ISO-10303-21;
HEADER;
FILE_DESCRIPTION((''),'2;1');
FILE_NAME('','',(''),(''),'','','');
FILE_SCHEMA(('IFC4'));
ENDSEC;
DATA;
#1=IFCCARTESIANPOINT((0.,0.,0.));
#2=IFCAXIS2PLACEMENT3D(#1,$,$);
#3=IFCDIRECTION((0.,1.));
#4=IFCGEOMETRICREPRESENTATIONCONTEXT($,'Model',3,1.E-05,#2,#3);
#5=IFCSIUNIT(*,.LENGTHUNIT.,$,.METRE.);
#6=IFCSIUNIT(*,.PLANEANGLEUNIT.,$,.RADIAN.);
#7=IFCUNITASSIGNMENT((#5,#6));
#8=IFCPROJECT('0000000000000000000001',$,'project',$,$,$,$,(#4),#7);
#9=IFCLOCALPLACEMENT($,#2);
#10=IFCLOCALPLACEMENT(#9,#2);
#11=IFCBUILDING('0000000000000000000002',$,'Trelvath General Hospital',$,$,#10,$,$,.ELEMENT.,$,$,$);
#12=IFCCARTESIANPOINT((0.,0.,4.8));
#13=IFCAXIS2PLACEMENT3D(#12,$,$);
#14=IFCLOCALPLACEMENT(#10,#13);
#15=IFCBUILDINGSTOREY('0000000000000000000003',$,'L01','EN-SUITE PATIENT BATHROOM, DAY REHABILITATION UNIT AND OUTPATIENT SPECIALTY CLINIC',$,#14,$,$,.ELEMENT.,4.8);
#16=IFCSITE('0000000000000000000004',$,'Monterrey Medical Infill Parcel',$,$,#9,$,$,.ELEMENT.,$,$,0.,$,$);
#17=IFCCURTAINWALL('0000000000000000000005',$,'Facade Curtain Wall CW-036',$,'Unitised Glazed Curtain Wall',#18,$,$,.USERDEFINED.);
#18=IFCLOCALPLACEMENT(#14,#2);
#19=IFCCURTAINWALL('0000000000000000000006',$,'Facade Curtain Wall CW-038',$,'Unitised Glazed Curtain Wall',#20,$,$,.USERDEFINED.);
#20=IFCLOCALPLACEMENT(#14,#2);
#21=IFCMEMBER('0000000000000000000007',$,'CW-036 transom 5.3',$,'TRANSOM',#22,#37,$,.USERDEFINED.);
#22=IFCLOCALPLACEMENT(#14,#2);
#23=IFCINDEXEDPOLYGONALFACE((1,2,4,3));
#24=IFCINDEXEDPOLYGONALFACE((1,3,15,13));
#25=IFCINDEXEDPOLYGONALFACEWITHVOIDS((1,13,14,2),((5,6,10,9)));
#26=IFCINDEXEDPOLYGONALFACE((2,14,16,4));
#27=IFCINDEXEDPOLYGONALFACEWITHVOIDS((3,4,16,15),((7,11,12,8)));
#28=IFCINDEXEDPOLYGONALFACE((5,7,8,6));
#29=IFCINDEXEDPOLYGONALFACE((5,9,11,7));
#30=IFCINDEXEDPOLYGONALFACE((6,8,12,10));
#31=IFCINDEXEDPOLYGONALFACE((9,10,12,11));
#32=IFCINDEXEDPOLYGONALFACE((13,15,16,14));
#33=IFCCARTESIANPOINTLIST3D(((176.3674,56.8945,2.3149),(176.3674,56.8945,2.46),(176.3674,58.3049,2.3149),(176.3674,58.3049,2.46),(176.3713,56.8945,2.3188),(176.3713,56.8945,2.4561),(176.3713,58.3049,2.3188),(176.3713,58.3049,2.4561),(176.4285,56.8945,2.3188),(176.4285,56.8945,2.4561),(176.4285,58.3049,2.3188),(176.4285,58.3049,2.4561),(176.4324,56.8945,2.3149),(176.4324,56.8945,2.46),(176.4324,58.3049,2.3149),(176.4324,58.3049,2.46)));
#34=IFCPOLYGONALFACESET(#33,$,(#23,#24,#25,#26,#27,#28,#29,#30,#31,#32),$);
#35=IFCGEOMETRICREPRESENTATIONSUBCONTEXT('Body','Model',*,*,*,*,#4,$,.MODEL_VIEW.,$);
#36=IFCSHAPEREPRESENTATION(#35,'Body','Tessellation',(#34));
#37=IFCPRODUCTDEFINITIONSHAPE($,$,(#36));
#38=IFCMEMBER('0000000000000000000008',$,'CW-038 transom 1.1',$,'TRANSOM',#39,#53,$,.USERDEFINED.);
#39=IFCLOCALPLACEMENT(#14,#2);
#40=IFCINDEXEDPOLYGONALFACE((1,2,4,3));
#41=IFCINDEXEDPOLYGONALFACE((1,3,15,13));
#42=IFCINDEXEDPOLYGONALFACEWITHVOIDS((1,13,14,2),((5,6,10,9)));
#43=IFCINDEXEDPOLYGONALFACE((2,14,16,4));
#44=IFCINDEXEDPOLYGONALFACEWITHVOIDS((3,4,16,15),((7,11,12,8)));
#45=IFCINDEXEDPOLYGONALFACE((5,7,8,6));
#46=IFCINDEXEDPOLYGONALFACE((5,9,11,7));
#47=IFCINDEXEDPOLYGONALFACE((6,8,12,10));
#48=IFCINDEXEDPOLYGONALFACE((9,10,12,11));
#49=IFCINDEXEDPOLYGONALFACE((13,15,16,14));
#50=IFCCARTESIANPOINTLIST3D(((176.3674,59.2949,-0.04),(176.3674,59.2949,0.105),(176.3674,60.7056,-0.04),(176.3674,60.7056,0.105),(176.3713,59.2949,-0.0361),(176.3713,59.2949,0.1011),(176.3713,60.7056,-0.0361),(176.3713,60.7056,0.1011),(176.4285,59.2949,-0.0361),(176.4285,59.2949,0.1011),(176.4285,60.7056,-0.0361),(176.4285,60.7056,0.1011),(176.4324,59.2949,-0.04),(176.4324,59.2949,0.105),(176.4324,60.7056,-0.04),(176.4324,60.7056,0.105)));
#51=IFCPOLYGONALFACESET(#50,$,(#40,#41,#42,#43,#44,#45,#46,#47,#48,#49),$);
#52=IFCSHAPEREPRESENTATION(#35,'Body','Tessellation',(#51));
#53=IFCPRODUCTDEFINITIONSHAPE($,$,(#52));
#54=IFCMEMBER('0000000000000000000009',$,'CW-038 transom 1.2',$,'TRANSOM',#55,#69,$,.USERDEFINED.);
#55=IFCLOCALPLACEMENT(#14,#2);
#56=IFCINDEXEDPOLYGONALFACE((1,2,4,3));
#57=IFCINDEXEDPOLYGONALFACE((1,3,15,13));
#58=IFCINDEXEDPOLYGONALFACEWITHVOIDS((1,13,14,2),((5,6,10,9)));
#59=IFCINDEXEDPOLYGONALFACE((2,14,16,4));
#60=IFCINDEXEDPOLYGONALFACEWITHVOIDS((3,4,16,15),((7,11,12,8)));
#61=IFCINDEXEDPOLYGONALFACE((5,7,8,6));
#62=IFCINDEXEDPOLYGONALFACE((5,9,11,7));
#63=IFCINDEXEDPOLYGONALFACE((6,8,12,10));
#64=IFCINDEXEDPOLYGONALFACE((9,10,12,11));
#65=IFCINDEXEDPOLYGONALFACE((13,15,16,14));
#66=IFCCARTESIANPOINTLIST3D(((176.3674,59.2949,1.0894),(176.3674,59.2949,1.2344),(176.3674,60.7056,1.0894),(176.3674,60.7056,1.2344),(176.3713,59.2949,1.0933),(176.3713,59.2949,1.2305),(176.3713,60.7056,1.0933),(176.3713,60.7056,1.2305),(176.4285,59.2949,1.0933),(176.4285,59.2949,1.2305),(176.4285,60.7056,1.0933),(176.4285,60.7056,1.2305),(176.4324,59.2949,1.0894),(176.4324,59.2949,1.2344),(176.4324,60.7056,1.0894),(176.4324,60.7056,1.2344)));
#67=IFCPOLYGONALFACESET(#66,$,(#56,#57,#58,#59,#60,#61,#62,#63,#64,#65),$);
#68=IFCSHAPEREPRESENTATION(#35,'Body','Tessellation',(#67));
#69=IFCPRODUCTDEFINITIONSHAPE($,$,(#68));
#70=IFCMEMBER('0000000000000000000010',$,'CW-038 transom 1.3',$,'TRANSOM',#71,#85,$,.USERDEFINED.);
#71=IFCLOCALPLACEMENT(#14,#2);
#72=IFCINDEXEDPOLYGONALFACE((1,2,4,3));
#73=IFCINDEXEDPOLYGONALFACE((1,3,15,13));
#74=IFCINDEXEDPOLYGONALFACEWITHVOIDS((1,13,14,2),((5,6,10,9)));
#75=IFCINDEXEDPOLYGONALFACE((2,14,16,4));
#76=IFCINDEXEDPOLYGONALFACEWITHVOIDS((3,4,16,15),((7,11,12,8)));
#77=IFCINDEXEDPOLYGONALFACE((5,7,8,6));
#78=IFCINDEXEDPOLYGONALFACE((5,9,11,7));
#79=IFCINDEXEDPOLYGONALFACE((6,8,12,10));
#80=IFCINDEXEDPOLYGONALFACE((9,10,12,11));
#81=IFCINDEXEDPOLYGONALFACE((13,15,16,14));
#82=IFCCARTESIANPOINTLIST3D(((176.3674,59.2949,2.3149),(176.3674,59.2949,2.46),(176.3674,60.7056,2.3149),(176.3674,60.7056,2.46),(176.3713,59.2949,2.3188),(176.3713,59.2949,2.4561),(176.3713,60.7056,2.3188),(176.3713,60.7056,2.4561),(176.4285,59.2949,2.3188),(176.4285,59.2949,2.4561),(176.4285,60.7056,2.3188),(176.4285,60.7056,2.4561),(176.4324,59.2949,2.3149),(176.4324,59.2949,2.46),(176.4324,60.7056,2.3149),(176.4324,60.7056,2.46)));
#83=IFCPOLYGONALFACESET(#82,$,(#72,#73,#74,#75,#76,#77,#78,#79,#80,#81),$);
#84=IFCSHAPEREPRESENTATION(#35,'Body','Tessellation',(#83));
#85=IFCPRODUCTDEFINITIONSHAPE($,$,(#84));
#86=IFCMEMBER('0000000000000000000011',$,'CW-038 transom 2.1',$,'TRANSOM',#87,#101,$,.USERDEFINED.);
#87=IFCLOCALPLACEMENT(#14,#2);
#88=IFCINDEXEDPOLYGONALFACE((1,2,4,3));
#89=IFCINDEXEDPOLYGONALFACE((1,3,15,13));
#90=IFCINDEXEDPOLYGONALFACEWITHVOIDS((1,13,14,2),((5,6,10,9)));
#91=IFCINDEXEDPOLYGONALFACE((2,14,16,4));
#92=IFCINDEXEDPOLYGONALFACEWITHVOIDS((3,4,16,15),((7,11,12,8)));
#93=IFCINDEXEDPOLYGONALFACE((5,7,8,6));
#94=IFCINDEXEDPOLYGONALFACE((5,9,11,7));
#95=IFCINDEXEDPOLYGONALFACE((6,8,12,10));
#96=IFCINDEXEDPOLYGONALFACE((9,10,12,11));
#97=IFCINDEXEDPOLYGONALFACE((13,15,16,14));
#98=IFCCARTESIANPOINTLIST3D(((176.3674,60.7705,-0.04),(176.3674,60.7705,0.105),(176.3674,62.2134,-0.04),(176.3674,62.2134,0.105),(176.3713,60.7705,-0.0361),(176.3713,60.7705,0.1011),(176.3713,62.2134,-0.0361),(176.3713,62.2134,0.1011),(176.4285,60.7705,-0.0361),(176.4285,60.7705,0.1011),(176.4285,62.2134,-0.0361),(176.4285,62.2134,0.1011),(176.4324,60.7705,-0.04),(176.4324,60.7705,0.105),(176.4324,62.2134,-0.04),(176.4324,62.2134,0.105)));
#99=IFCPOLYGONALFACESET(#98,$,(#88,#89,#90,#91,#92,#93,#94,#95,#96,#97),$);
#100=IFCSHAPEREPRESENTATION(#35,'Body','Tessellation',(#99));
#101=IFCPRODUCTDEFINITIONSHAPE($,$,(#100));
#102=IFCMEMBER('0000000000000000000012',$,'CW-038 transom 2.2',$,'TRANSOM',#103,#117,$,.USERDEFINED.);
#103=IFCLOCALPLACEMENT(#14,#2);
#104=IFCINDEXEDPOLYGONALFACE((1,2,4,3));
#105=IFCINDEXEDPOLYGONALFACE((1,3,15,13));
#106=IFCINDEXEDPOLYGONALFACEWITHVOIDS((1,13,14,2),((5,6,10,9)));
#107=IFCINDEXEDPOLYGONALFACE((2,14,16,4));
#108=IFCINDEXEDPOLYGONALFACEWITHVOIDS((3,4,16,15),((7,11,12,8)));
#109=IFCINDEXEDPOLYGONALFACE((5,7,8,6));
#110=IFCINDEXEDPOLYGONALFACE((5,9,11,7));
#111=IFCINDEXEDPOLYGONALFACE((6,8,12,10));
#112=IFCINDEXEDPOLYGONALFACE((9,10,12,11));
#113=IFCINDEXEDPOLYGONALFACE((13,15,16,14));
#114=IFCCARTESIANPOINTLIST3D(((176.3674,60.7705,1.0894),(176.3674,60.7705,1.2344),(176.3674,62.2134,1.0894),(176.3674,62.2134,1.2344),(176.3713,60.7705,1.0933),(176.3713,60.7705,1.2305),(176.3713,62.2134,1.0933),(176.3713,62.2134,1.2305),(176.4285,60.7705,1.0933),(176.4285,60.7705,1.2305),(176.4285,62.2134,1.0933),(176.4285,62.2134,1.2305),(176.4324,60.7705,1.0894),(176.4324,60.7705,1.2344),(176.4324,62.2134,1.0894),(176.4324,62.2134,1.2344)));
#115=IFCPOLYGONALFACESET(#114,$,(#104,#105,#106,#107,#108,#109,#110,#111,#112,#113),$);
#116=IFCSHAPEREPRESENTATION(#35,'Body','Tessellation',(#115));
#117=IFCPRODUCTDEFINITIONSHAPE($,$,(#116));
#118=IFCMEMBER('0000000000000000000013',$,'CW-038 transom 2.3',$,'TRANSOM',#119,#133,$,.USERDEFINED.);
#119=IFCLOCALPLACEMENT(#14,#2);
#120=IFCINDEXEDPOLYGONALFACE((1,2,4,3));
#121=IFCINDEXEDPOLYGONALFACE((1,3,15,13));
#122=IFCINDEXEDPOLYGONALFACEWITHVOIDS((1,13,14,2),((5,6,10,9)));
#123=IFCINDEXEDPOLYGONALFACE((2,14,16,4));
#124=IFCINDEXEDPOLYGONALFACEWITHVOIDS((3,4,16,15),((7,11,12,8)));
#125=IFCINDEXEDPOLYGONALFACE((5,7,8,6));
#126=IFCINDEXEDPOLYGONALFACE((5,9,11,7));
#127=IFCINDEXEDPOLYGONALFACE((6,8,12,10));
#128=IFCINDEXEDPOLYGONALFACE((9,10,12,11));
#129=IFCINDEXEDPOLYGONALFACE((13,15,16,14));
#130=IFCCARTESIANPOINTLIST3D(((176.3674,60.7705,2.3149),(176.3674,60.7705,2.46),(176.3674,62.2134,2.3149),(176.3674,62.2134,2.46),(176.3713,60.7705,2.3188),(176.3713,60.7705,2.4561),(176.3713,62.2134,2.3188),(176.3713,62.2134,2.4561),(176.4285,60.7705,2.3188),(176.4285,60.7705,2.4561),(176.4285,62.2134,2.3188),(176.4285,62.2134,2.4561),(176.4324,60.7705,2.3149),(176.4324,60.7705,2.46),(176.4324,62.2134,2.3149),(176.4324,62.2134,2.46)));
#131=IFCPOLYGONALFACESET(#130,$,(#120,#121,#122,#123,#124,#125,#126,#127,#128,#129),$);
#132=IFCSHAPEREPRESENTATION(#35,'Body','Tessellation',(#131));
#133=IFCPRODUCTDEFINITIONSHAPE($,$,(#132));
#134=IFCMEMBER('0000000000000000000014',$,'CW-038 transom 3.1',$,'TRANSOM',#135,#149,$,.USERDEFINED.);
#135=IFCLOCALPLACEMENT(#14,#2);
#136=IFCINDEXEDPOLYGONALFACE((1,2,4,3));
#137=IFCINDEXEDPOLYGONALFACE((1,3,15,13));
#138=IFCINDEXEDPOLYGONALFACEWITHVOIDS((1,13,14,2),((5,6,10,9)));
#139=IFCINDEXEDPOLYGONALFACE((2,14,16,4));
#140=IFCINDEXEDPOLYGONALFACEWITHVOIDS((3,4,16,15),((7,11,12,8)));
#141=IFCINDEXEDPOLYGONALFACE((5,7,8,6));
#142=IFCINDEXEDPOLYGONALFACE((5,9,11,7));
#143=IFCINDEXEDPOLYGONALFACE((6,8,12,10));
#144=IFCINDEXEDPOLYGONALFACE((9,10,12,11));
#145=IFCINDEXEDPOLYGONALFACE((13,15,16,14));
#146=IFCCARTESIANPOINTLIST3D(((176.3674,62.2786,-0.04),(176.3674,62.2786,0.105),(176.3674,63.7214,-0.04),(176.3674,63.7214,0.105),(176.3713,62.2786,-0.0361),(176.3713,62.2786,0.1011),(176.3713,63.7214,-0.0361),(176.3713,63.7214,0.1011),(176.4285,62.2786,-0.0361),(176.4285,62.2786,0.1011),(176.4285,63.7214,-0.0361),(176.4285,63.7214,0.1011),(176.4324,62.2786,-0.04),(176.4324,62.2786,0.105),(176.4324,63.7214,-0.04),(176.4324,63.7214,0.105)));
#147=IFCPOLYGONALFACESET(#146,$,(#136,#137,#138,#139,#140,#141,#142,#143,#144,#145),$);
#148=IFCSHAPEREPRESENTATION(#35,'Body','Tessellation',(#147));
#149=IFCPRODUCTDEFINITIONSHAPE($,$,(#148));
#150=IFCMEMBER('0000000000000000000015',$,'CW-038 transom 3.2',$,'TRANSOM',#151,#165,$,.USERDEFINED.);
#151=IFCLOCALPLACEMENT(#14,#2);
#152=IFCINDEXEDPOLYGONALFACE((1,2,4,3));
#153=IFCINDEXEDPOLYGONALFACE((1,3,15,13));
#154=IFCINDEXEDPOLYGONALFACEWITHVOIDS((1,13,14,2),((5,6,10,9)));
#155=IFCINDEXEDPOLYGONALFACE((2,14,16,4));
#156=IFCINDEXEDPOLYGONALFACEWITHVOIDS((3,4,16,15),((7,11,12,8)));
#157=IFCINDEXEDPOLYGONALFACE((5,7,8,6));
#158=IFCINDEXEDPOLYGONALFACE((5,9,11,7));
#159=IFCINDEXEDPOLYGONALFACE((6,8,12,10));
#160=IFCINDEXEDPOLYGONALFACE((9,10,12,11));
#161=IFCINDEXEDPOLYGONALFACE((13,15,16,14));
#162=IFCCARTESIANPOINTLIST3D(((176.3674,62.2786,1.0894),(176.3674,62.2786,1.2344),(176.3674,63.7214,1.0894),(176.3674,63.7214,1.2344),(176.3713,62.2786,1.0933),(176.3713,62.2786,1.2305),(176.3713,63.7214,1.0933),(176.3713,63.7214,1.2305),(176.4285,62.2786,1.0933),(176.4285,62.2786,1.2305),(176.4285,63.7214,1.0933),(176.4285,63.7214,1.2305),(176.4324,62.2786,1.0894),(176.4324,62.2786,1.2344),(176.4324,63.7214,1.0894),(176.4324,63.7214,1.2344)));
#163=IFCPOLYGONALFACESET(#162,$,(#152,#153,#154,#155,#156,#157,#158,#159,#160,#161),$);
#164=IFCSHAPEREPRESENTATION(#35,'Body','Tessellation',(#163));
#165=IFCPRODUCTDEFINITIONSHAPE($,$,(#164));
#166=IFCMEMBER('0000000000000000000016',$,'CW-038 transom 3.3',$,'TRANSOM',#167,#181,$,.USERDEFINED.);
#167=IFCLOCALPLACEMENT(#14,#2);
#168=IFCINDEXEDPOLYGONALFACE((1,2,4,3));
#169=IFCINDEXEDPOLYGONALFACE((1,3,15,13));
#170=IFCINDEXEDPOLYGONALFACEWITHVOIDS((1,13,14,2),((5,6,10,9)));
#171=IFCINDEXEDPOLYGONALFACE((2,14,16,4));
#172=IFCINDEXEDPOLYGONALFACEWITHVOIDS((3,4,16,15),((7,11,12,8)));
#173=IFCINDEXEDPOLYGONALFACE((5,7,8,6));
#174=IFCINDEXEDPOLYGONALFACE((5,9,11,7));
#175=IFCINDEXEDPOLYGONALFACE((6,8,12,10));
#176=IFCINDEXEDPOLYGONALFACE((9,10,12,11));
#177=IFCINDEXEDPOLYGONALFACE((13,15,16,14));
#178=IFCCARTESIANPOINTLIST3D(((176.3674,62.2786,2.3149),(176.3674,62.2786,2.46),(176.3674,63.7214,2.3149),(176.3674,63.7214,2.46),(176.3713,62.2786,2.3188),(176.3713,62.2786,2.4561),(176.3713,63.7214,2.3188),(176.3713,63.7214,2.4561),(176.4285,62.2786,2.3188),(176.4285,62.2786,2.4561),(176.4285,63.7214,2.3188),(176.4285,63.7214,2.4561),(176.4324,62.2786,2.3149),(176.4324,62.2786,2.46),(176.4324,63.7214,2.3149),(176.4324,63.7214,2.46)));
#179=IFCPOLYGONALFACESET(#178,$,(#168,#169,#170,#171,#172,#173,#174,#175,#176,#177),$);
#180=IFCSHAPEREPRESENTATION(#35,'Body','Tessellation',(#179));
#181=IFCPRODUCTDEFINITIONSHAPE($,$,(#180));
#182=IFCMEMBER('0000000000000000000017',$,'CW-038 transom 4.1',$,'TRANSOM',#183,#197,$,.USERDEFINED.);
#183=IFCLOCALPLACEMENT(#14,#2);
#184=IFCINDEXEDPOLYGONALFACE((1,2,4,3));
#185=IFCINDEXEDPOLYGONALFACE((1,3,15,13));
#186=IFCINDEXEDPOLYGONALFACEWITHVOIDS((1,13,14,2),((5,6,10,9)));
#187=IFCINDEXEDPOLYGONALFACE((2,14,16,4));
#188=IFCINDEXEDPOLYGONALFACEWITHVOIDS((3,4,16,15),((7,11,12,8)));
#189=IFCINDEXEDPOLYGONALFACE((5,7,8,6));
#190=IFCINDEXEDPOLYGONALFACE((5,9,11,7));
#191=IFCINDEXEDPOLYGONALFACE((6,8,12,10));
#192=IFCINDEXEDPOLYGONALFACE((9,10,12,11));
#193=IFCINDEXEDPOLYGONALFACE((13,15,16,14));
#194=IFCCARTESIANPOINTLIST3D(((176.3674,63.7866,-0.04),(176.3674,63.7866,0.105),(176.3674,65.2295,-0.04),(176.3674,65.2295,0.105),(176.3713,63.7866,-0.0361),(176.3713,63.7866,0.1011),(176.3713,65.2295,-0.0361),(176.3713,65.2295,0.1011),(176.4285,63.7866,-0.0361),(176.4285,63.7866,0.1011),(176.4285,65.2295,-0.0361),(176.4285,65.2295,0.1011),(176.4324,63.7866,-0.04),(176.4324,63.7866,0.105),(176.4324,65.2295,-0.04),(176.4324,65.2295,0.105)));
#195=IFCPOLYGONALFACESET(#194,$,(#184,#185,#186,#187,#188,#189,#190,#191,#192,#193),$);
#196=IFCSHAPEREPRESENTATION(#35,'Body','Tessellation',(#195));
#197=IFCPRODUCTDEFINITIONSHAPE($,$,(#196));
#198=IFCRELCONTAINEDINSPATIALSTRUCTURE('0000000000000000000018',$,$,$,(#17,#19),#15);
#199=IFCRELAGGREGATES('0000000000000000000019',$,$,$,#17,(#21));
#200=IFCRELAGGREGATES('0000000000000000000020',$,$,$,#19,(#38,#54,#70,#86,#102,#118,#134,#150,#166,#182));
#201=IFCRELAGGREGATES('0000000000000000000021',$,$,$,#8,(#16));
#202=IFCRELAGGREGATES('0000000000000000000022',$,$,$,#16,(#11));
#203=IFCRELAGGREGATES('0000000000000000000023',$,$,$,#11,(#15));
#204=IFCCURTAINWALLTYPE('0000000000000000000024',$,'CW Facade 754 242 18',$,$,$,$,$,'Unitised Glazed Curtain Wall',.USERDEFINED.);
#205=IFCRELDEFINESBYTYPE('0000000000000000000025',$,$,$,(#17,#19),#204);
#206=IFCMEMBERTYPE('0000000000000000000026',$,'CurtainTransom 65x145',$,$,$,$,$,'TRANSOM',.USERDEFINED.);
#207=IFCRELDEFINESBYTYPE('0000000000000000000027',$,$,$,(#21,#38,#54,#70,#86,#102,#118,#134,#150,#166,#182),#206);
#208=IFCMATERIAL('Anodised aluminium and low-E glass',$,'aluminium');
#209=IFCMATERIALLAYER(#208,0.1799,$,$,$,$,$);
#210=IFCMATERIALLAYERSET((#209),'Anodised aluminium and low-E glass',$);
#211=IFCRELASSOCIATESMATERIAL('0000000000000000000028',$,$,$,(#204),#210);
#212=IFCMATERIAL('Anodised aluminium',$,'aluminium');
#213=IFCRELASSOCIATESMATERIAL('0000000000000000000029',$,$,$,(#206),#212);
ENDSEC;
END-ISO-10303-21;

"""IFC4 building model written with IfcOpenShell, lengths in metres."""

from ifc_helpers import new_model, si_unit, direction, frame, origin, origin_2d, place, context, subcontext, project, spatial, hollow_rectangle, extrude, material, layer, layer_set, material_profile, profile_set, type_object, element, aggregate, save


model = new_model("IFC4")

# Units and contexts
model_context = context("Model", 3, precision=1e-05, world=origin(), true_north=direction((0.0, 1.0)))
body_context = subcontext(model_context, "Body", "Model", "MODEL_VIEW")
ifc_project = project(units=[si_unit("LENGTHUNIT", "METRE"), si_unit("PLANEANGLEUNIT", "RADIAN")], contexts=[model_context])

# Site, building, storey
site_placement = place(None, origin())
site = spatial("IfcSite", under=ifc_project, at=site_placement, Name="Monterrey Medical Infill Parcel", CompositionType="ELEMENT", RefElevation=0.0)
building_placement = place(site_placement, origin())
building = spatial("IfcBuilding", under=site, at=building_placement, Name="Trelvath General Hospital", CompositionType="ELEMENT")
storey_placement = place(building_placement, frame((0.0, 0.0, 4.8)))
storey = spatial("IfcBuildingStorey", under=building, at=storey_placement, Name="L01", Description="EN-SUITE PATIENT BATHROOM, DAY REHABILITATION UNIT AND OUTPATIENT SPECIALTY CLINIC", CompositionType="ELEMENT", Elevation=4.8)

# Curtain walls
ifc_material_1 = material(Name="Anodised aluminium and low-E glass", Category="aluminium")
ifc_layer_1 = layer(ifc_material_1, 0.1799)
ifc_layer_set_1 = layer_set([ifc_layer_1], Name="Anodised aluminium and low-E glass")
curtain_wall_type = type_object("IfcCurtainWallType", Name="CW Facade 754 242 18", ElementType="Unitised Glazed Curtain Wall", PredefinedType="USERDEFINED", material=ifc_layer_set_1)
curtain_wall_1_placement = place(storey_placement, origin())
curtain_wall_1 = element("IfcCurtainWall", 1, at=curtain_wall_1_placement, inside=storey, type_object=curtain_wall_type, Name="Facade Curtain Wall CW-036", ObjectType="Unitised Glazed Curtain Wall", PredefinedType="USERDEFINED")
curtain_wall_2_placement = place(storey_placement, origin())
curtain_wall_2 = element("IfcCurtainWall", 2, at=curtain_wall_2_placement, inside=storey, type_object=curtain_wall_type, Name="Facade Curtain Wall CW-038", ObjectType="Unitised Glazed Curtain Wall", PredefinedType="USERDEFINED")

# Members
ifc_material_2 = material(Name="Anodised aluminium", Category="aluminium")
ifc_material_profile_1 = material_profile(ifc_material_2, hollow_rectangle(XDim=0.0649, YDim=0.145, WallThickness=0.0039, at=origin_2d()), Name="RHS65x145x4")
ifc_profile_set_1 = profile_set([ifc_material_profile_1], Name="Anodised aluminium")
member_type_1 = type_object("IfcMemberType", Name="CurtainTransom 65x145", ElementType="TRANSOM", PredefinedType="USERDEFINED", material=ifc_profile_set_1)
member_1_placement = place(storey_placement, frame((176.3999, 56.8945, 2.3875), z_axis=(0.0, 1.0, 0.0), x_axis=(-1.0, 0.0, 0.0)))
member_1 = element("IfcMember", 3, at=member_1_placement, type_object=member_type_1, Name="CW-036 transom 5.3", ObjectType="TRANSOM", PredefinedType="USERDEFINED", context=body_context, shape_type="SweptSolid", body=[
    extrude(hollow_rectangle(XDim=0.0649, YDim=0.145, WallThickness=0.0039, at=origin_2d()), origin(), (0.0, 0.0, 1.0), 1.4104),
])
member_2_placement = place(storey_placement, frame((176.3999, 59.2949, 0.0325), z_axis=(0.0, 1.0, 0.0), x_axis=(-1.0, 0.0, 0.0)))
member_2 = element("IfcMember", 4, at=member_2_placement, type_object=member_type_1, Name="CW-038 transom 1.1", ObjectType="TRANSOM", PredefinedType="USERDEFINED", context=body_context, shape_type="SweptSolid", body=[
    extrude(hollow_rectangle(XDim=0.0649, YDim=0.145, WallThickness=0.0039, at=origin_2d()), origin(), (0.0, 0.0, 1.0), 1.4106),
])
member_3_placement = place(storey_placement, frame((176.3999, 59.2949, 1.1619), z_axis=(0.0, 1.0, 0.0), x_axis=(-1.0, 0.0, 0.0)))
member_3 = element("IfcMember", 5, at=member_3_placement, type_object=member_type_1, Name="CW-038 transom 1.2", ObjectType="TRANSOM", PredefinedType="USERDEFINED", context=body_context, shape_type="SweptSolid", body=[
    extrude(hollow_rectangle(XDim=0.0649, YDim=0.145, WallThickness=0.0039, at=origin_2d()), origin(), (0.0, 0.0, 1.0), 1.4106),
])
member_4_placement = place(storey_placement, frame((176.3999, 59.2949, 2.3875), z_axis=(0.0, 1.0, 0.0), x_axis=(-1.0, 0.0, 0.0)))
member_4 = element("IfcMember", 6, at=member_4_placement, type_object=member_type_1, Name="CW-038 transom 1.3", ObjectType="TRANSOM", PredefinedType="USERDEFINED", context=body_context, shape_type="SweptSolid", body=[
    extrude(hollow_rectangle(XDim=0.0649, YDim=0.145, WallThickness=0.0039, at=origin_2d()), origin(), (0.0, 0.0, 1.0), 1.4106),
])
member_5_placement = place(storey_placement, frame((176.3999, 60.7705, 0.0325), z_axis=(0.0, 1.0, 0.0), x_axis=(-1.0, 0.0, 0.0)))
member_5 = element("IfcMember", 7, at=member_5_placement, type_object=member_type_1, Name="CW-038 transom 2.1", ObjectType="TRANSOM", PredefinedType="USERDEFINED", context=body_context, shape_type="SweptSolid", body=[
    extrude(hollow_rectangle(XDim=0.0649, YDim=0.145, WallThickness=0.0039, at=origin_2d()), origin(), (0.0, 0.0, 1.0), 1.4429),
])
member_6_placement = place(storey_placement, frame((176.3999, 60.7705, 1.1619), z_axis=(0.0, 1.0, 0.0), x_axis=(-1.0, 0.0, 0.0)))
member_6 = element("IfcMember", 8, at=member_6_placement, type_object=member_type_1, Name="CW-038 transom 2.2", ObjectType="TRANSOM", PredefinedType="USERDEFINED", context=body_context, shape_type="SweptSolid", body=[
    extrude(hollow_rectangle(XDim=0.0649, YDim=0.145, WallThickness=0.0039, at=origin_2d()), origin(), (0.0, 0.0, 1.0), 1.4429),
])
member_7_placement = place(storey_placement, frame((176.3999, 60.7705, 2.3875), z_axis=(0.0, 1.0, 0.0), x_axis=(-1.0, 0.0, 0.0)))
member_7 = element("IfcMember", 9, at=member_7_placement, type_object=member_type_1, Name="CW-038 transom 2.3", ObjectType="TRANSOM", PredefinedType="USERDEFINED", context=body_context, shape_type="SweptSolid", body=[
    extrude(hollow_rectangle(XDim=0.0649, YDim=0.145, WallThickness=0.0039, at=origin_2d()), origin(), (0.0, 0.0, 1.0), 1.4429),
])
member_8_placement = place(storey_placement, frame((176.3999, 62.2786, 0.0325), z_axis=(0.0, 1.0, 0.0), x_axis=(-1.0, 0.0, 0.0)))
member_8 = element("IfcMember", 10, at=member_8_placement, type_object=member_type_1, Name="CW-038 transom 3.1", ObjectType="TRANSOM", PredefinedType="USERDEFINED", context=body_context, shape_type="SweptSolid", body=[
    extrude(hollow_rectangle(XDim=0.0649, YDim=0.145, WallThickness=0.0039, at=origin_2d()), origin(), (0.0, 0.0, 1.0), 1.4429),
])
member_9_placement = place(storey_placement, frame((176.3999, 62.2786, 1.1619), z_axis=(0.0, 1.0, 0.0), x_axis=(-1.0, 0.0, 0.0)))
member_9 = element("IfcMember", 11, at=member_9_placement, type_object=member_type_1, Name="CW-038 transom 3.2", ObjectType="TRANSOM", PredefinedType="USERDEFINED", context=body_context, shape_type="SweptSolid", body=[
    extrude(hollow_rectangle(XDim=0.0649, YDim=0.145, WallThickness=0.0039, at=origin_2d()), origin(), (0.0, 0.0, 1.0), 1.4429),
])
member_10_placement = place(storey_placement, frame((176.3999, 62.2786, 2.3875), z_axis=(0.0, 1.0, 0.0), x_axis=(-1.0, 0.0, 0.0)))
member_10 = element("IfcMember", 12, at=member_10_placement, type_object=member_type_1, Name="CW-038 transom 3.3", ObjectType="TRANSOM", PredefinedType="USERDEFINED", context=body_context, shape_type="SweptSolid", body=[
    extrude(hollow_rectangle(XDim=0.0649, YDim=0.145, WallThickness=0.0039, at=origin_2d()), origin(), (0.0, 0.0, 1.0), 1.4429),
])
member_11_placement = place(storey_placement, frame((176.3999, 63.7866, 0.0325), z_axis=(0.0, 1.0, 0.0), x_axis=(-1.0, 0.0, 0.0)))
member_11 = element("IfcMember", 13, at=member_11_placement, type_object=member_type_1, Name="CW-038 transom 4.1", ObjectType="TRANSOM", PredefinedType="USERDEFINED", context=body_context, shape_type="SweptSolid", body=[
    extrude(hollow_rectangle(XDim=0.0649, YDim=0.145, WallThickness=0.0039, at=origin_2d()), origin(), (0.0, 0.0, 1.0), 1.4429),
])

aggregate(curtain_wall_1, [member_1])
aggregate(curtain_wall_2, [member_2, member_3, member_4, member_5, member_6, member_7, member_8, member_9, member_10, member_11])

save(model, "model.ifc")
